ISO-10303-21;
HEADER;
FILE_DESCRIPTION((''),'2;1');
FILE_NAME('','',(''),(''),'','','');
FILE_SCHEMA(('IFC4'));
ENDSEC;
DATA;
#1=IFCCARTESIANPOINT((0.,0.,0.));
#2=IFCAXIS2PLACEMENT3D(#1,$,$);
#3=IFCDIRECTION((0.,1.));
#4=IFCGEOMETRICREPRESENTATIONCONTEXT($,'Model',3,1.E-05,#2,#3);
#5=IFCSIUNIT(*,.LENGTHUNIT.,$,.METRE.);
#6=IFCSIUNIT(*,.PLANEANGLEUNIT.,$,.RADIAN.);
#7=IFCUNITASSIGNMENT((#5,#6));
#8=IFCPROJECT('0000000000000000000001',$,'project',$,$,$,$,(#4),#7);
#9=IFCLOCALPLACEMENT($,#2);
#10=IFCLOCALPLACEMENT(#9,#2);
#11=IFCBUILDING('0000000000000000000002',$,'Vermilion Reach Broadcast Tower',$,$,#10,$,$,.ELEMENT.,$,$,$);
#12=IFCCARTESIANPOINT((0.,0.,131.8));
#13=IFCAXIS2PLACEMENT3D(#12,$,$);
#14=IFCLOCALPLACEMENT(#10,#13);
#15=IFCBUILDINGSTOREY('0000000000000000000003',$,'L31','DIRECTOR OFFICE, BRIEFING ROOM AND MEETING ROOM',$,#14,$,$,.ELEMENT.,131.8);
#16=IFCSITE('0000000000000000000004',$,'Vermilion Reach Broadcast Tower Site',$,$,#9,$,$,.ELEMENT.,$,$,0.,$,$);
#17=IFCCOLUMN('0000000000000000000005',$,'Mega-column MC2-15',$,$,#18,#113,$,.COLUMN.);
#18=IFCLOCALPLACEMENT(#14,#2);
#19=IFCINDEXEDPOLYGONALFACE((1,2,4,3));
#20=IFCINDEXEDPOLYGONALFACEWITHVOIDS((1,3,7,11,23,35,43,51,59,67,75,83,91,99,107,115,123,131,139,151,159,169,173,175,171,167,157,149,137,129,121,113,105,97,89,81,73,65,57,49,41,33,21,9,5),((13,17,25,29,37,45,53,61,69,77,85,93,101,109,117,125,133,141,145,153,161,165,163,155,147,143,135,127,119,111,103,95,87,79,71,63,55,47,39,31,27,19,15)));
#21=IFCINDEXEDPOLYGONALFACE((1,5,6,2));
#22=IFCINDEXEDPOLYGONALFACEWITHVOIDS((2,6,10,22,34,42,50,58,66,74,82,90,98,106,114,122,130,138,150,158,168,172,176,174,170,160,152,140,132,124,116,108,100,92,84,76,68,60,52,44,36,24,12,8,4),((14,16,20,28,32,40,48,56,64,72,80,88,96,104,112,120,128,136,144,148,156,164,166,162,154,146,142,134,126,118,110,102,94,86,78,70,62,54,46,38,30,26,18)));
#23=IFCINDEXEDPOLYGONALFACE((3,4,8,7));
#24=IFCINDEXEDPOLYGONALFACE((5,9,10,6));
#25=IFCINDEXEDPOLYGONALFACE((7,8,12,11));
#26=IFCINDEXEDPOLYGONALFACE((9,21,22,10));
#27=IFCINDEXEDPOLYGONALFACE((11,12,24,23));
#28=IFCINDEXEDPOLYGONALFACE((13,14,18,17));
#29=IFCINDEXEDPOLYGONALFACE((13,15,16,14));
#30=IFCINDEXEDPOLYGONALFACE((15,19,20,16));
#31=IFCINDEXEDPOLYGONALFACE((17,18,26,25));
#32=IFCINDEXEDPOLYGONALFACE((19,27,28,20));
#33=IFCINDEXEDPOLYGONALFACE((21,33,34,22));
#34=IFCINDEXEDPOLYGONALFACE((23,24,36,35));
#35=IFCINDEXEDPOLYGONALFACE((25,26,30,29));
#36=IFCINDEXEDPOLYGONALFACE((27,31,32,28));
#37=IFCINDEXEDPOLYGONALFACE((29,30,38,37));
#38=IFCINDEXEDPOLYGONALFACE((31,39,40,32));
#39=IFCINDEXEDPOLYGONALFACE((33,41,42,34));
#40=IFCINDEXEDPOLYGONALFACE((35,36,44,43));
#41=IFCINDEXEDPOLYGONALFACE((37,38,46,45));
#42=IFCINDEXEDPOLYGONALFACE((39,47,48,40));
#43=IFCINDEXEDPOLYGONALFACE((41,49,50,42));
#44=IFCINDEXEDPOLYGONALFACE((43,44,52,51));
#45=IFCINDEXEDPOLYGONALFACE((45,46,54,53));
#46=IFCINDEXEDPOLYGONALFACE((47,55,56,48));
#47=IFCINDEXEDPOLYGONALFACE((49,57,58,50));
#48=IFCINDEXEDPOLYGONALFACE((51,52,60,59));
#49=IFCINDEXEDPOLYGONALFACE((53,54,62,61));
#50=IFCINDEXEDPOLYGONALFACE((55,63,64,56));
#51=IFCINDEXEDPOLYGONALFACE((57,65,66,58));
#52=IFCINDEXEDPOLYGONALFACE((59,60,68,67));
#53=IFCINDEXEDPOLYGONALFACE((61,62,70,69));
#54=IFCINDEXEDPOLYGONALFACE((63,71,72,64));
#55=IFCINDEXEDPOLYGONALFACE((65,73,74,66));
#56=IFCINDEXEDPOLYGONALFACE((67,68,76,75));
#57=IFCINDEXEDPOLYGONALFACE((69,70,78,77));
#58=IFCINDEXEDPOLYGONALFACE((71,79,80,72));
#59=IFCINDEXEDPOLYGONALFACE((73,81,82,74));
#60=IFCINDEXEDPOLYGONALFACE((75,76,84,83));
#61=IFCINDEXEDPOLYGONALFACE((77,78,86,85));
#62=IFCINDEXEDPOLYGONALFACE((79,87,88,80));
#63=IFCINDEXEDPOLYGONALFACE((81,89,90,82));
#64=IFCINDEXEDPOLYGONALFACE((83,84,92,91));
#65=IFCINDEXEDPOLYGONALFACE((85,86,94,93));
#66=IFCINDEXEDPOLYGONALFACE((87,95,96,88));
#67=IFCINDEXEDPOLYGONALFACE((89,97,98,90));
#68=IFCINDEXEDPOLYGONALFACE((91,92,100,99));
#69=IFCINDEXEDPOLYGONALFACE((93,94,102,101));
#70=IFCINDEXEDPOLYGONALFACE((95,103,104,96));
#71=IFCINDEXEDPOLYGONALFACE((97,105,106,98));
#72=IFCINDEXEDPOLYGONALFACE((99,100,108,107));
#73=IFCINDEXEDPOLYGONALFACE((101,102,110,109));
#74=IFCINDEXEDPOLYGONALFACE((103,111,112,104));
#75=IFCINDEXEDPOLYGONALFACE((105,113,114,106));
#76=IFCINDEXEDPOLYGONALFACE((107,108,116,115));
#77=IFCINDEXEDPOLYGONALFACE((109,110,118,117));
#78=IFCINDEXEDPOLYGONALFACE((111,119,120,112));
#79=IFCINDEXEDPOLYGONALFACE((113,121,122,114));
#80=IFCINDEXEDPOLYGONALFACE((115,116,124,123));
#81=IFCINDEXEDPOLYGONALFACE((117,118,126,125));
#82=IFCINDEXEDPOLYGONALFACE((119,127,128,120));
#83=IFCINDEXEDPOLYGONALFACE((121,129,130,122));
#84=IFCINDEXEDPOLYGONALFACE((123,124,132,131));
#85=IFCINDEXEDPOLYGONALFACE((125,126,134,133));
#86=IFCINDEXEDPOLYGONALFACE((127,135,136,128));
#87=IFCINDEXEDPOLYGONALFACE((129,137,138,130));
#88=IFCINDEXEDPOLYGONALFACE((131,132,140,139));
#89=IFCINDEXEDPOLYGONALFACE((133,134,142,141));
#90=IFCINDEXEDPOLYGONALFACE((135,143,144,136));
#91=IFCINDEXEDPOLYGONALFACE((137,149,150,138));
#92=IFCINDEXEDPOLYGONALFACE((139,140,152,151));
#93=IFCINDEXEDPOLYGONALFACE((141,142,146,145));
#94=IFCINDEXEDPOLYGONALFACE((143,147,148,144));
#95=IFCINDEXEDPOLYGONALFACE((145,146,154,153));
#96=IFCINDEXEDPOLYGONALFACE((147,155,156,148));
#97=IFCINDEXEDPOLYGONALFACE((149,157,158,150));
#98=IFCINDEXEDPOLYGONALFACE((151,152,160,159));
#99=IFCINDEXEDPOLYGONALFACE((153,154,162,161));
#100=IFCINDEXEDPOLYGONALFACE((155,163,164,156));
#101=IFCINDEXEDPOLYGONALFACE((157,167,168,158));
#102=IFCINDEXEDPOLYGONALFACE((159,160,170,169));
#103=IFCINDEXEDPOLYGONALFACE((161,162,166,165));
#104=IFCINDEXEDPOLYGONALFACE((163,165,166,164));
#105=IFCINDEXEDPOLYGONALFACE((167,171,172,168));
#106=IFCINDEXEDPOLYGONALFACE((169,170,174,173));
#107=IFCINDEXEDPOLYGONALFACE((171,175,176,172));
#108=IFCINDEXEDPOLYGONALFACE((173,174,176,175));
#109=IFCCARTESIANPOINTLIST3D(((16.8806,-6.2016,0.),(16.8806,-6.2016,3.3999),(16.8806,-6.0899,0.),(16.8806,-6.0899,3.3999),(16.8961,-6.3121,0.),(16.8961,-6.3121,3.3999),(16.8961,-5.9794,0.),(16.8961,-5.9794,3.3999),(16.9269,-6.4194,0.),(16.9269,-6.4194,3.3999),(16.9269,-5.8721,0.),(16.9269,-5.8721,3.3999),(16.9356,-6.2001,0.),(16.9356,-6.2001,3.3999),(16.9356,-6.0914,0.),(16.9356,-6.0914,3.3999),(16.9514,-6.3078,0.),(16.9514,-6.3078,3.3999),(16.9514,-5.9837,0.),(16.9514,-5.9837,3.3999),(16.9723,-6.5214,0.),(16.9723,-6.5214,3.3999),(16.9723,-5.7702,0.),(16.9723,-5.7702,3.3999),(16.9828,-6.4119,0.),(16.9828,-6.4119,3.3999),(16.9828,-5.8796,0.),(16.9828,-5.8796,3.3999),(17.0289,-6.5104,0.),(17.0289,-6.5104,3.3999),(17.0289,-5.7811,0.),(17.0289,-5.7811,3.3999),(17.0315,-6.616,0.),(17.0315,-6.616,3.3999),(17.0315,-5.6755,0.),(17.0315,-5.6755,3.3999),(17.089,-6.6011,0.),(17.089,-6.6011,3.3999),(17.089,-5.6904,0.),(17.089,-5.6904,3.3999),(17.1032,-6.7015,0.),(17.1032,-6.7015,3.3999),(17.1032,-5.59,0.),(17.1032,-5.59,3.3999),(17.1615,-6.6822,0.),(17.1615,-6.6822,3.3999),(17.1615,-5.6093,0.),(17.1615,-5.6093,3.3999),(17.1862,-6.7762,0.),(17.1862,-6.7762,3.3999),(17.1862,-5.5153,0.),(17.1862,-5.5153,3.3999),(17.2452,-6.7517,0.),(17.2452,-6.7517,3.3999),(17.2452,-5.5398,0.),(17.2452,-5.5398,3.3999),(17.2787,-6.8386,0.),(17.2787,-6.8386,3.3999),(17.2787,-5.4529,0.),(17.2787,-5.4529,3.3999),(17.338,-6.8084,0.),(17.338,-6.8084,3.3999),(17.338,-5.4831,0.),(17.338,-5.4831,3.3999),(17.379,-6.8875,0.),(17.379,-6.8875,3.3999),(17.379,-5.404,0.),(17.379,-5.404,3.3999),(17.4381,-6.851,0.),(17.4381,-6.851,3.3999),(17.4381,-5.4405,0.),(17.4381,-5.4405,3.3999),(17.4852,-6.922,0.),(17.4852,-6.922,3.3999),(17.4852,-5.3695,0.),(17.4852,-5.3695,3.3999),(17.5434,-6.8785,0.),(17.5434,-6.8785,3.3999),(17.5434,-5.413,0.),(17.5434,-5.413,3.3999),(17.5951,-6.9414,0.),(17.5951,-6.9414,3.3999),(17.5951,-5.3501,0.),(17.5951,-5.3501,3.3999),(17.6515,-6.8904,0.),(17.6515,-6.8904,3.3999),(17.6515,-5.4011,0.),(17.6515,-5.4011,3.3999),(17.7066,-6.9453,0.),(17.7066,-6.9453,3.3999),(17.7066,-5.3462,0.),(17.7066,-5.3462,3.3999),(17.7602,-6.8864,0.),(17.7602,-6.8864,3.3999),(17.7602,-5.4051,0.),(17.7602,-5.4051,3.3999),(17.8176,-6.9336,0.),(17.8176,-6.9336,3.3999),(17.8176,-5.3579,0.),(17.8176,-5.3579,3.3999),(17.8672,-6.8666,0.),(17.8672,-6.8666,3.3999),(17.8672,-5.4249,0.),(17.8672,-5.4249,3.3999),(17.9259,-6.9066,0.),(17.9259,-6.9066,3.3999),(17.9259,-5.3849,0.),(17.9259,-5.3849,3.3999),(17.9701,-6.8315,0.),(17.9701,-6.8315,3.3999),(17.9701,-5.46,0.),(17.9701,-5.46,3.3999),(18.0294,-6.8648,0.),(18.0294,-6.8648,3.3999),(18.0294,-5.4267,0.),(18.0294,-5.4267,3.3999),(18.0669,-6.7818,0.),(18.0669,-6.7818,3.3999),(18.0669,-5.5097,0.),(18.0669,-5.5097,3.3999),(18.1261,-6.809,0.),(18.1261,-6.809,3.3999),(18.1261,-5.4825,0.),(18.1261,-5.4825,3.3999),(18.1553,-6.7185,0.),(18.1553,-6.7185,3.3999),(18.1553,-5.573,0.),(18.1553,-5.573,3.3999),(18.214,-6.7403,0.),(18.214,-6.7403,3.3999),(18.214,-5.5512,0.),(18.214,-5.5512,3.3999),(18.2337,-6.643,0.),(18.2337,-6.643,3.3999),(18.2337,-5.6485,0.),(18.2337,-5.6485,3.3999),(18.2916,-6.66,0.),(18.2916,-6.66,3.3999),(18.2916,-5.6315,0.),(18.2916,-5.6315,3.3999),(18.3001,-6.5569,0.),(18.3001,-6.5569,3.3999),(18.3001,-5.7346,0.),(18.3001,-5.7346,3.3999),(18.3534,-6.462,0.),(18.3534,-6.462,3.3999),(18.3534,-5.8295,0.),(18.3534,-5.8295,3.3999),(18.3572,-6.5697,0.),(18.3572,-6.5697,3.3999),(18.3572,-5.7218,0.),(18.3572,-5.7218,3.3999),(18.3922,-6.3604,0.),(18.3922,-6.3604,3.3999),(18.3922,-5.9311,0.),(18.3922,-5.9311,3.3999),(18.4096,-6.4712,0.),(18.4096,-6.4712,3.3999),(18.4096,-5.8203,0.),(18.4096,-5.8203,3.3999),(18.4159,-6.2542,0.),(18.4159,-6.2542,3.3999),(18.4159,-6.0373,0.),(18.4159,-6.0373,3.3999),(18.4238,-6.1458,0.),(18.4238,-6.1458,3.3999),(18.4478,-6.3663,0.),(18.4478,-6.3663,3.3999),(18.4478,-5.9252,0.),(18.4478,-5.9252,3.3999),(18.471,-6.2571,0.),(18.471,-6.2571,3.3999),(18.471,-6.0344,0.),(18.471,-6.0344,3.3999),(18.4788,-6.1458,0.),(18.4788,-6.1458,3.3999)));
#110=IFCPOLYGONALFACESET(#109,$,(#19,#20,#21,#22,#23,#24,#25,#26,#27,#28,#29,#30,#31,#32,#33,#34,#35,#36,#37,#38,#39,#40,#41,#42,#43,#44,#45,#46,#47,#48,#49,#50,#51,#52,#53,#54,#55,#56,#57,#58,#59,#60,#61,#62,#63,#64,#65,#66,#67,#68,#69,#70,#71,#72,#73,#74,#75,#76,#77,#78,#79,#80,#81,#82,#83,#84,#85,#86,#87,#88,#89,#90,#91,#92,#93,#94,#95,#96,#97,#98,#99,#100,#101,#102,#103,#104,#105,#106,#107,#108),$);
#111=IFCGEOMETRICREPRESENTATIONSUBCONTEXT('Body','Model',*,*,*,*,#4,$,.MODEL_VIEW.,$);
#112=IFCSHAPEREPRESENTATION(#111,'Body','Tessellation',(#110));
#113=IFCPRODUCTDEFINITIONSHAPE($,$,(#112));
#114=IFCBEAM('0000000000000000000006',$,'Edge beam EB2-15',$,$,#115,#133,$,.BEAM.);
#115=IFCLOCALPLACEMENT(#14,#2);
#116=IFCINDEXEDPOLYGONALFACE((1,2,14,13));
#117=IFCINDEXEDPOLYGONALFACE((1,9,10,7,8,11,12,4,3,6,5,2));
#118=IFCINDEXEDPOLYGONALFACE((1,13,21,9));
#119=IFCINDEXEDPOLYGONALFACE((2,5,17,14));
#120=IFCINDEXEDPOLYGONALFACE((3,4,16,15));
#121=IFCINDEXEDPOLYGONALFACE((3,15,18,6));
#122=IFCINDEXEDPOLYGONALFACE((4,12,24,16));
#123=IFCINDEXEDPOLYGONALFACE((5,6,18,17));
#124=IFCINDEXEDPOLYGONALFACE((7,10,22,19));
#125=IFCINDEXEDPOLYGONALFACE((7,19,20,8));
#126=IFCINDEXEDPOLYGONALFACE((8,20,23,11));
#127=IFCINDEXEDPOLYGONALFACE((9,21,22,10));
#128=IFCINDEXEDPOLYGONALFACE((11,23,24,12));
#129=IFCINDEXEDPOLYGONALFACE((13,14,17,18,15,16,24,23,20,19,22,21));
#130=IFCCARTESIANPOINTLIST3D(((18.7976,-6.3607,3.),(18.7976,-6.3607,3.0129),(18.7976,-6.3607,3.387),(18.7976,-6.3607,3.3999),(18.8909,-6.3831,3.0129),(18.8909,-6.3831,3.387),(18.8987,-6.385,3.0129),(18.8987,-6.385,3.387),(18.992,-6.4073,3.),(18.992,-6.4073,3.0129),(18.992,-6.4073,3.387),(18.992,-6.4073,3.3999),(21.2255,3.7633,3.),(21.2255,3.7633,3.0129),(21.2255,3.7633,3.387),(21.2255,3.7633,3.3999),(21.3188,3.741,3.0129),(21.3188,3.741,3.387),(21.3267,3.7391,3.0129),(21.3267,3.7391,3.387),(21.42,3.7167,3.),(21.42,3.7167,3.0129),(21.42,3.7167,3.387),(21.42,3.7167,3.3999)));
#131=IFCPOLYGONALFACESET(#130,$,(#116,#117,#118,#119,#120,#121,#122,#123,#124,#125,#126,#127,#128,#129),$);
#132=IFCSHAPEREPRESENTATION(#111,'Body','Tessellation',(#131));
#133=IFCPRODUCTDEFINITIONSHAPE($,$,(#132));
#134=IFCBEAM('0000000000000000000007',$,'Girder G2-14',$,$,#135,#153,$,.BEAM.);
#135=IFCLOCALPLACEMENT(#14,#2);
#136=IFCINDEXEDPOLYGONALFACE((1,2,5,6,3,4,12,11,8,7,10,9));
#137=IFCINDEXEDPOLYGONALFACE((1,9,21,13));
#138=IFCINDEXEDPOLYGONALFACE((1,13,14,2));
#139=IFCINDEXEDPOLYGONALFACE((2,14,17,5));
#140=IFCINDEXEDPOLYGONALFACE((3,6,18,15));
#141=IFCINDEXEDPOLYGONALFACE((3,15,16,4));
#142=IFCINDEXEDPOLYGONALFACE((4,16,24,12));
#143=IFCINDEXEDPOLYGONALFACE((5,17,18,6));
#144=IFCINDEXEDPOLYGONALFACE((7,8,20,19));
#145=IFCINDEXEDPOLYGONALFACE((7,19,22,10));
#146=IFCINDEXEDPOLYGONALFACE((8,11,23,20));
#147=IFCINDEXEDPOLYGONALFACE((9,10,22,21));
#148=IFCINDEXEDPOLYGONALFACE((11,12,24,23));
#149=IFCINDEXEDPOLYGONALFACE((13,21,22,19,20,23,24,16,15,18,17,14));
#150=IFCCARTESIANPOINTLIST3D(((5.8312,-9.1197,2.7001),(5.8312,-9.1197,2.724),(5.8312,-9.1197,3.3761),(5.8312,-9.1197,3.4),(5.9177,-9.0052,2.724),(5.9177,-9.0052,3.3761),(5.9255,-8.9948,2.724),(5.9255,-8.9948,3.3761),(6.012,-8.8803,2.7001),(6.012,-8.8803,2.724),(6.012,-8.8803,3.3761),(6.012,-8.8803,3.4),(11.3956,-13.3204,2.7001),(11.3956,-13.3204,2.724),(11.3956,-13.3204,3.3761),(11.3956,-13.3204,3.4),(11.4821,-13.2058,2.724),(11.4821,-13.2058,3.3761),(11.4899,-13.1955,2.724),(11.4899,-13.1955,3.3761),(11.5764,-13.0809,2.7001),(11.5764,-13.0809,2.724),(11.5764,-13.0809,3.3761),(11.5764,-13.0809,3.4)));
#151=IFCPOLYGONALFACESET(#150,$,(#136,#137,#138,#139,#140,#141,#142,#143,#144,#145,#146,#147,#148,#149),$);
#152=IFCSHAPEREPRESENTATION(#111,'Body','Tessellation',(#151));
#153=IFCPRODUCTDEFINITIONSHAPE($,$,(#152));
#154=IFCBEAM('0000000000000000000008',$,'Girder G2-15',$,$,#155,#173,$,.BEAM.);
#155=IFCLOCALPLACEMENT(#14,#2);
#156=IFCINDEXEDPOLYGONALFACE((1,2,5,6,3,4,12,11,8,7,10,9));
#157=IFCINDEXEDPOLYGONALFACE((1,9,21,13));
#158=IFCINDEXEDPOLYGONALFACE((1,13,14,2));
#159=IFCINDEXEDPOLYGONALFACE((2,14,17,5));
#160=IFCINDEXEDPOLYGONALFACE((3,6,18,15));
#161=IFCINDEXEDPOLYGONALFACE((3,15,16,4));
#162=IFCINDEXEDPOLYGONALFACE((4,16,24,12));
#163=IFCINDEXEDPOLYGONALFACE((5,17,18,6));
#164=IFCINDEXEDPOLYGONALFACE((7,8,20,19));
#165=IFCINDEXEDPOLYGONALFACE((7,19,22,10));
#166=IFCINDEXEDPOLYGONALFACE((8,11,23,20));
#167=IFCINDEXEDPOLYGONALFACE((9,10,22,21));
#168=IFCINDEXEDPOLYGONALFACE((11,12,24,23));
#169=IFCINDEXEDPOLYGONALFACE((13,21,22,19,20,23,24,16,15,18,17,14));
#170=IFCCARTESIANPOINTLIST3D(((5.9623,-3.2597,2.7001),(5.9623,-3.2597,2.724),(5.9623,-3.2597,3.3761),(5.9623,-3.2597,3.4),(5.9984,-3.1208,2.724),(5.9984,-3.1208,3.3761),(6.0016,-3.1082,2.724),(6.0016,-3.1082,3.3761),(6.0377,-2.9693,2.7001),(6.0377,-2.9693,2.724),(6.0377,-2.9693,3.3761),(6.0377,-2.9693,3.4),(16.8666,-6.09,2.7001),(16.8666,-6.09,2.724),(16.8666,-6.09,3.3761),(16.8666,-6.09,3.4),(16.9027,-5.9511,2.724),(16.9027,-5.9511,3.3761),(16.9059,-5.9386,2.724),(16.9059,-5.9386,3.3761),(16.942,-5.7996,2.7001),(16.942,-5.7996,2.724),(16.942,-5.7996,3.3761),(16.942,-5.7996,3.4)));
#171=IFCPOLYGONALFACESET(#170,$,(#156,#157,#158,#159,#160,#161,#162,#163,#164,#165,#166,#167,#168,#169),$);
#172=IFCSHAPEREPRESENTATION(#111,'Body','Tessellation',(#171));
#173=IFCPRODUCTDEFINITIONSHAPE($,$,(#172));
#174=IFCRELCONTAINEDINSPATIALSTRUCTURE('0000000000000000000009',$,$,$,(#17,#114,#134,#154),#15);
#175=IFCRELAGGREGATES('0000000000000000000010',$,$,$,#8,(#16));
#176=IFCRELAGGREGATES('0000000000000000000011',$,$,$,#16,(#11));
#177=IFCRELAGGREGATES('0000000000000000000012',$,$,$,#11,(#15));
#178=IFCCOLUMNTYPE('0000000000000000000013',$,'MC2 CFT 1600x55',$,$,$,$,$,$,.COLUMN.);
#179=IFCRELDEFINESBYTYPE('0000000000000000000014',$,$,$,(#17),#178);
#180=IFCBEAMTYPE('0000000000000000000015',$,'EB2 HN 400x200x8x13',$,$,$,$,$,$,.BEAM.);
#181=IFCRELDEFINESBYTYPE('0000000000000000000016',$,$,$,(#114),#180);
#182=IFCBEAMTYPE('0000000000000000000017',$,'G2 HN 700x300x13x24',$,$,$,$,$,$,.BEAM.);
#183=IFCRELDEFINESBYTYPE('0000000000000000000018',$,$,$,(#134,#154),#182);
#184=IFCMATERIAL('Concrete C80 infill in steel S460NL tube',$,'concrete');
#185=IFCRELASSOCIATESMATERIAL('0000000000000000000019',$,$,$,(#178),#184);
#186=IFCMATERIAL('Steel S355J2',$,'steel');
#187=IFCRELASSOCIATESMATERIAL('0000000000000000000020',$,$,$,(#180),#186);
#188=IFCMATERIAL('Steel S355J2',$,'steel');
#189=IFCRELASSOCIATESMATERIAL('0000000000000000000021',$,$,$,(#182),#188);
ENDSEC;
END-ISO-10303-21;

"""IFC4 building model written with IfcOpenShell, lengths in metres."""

from ifc_helpers import new_model, si_unit, direction, frame, origin, origin_2d, place, context, subcontext, project, spatial, hollow_circle, i_section, extrude, material, material_profile, profile_set, type_object, element, save


model = new_model("IFC4")

# Units and contexts
model_context = context("Model", 3, precision=1e-05, world=origin(), true_north=direction((0.0, 1.0)))
body_context = subcontext(model_context, "Body", "Model", "MODEL_VIEW")
ifc_project = project(units=[si_unit("LENGTHUNIT", "METRE"), si_unit("PLANEANGLEUNIT", "RADIAN")], contexts=[model_context])

# Site, building, storey
site_placement = place(None, origin())
site = spatial("IfcSite", under=ifc_project, at=site_placement, Name="Vermilion Reach Broadcast Tower Site", CompositionType="ELEMENT", RefElevation=0.0)
building_placement = place(site_placement, origin())
building = spatial("IfcBuilding", under=site, at=building_placement, Name="Vermilion Reach Broadcast Tower", CompositionType="ELEMENT")
storey_placement = place(building_placement, frame((0.0, 0.0, 131.8)))
storey = spatial("IfcBuildingStorey", under=building, at=storey_placement, Name="L31", Description="DIRECTOR OFFICE, BRIEFING ROOM AND MEETING ROOM", CompositionType="ELEMENT", Elevation=131.8)

# Column
ifc_material_1 = material(Name="Concrete C80 infill in steel S460NL tube", Category="concrete")
ifc_material_profile_1 = material_profile(ifc_material_1, hollow_circle(Radius=0.8, WallThickness=0.0549, at=origin_2d()), Name="Concrete C80 infill in steel S460NL tube CFT 1600x55")
ifc_profile_set_1 = profile_set([ifc_material_profile_1], Name="Concrete C80 infill in steel S460NL tube")
column_type = type_object("IfcColumnType", Name="MC2 CFT 1600x55", PredefinedType="COLUMN", material=ifc_profile_set_1)
column_placement = place(storey_placement, frame((17.6787, -6.1458, 0.0), z_axis=(0.0, 0.0, 1.0), x_axis=(1.0, 0.0, 0.0)))
element("IfcColumn", 1, at=column_placement, inside=storey, type_object=column_type, Name="Mega-column MC2-15", PredefinedType="COLUMN", context=body_context, shape_type="SweptSolid", body=[
    extrude(hollow_circle(Radius=0.8, WallThickness=0.0549, at=origin_2d()), origin(), (0.0, 0.0, 1.0), 3.3999),
])

# Beams
ifc_material_2 = material(Name="Steel S355J2", Category="steel")
ifc_material_profile_2 = material_profile(ifc_material_2, i_section(OverallWidth=0.2, OverallDepth=0.3999, WebThickness=0.0081, FlangeThickness=0.0129, at=origin_2d()), Name="S355J2 HN 400x200x8x13")
ifc_profile_set_2 = profile_set([ifc_material_profile_2], Name="Steel S355J2")
beam_type_1 = type_object("IfcBeamType", Name="EB2 HN 400x200x8x13", PredefinedType="BEAM", material=ifc_profile_set_2)
beam_1_placement = place(storey_placement, frame((18.8948, -6.384, 3.2), z_axis=(0.233211, 0.972426, 0.0), x_axis=(-0.972426, 0.233211, 0.0)))
element("IfcBeam", 2, at=beam_1_placement, inside=storey, type_object=beam_type_1, Name="Edge beam EB2-15", PredefinedType="BEAM", context=body_context, shape_type="SweptSolid", body=[
    extrude(i_section(OverallWidth=0.2, OverallDepth=0.3999, WebThickness=0.0081, FlangeThickness=0.0129, at=origin_2d()), origin(), (0.0, 0.0, 1.0), 10.4111),
])
ifc_material_3 = material(Name="Steel S355J2", Category="steel")
ifc_material_profile_3 = material_profile(ifc_material_3, i_section(OverallWidth=0.3, OverallDepth=0.7, WebThickness=0.0129, FlangeThickness=0.0239, at=origin_2d()), Name="S355J2 HN 700x300x13x24")
ifc_profile_set_3 = profile_set([ifc_material_profile_3], Name="Steel S355J2")
beam_type_2 = type_object("IfcBeamType", Name="G2 HN 700x300x13x24", PredefinedType="BEAM", material=ifc_profile_set_3)
beam_2_placement = place(storey_placement, frame((5.9216, -9.0, 3.05), z_axis=(0.798114, -0.602507, 0.0), x_axis=(0.602507, 0.798114, 0.0)))
element("IfcBeam", 3, at=beam_2_placement, inside=storey, type_object=beam_type_2, Name="Girder G2-14", PredefinedType="BEAM", context=body_context, shape_type="SweptSolid", body=[
    extrude(i_section(OverallWidth=0.3, OverallDepth=0.7, WebThickness=0.0129, FlangeThickness=0.0239, at=origin_2d()), origin(), (0.0, 0.0, 1.0), 6.9719),
])
beam_3_placement = place(storey_placement, frame((6.0, -3.1145, 3.05), z_axis=(0.967926, -0.251235, 0.0), x_axis=(0.251235, 0.967926, 0.0)))
element("IfcBeam", 4, at=beam_3_placement, inside=storey, type_object=beam_type_2, Name="Girder G2-15", PredefinedType="BEAM", context=body_context, shape_type="SweptSolid", body=[
    extrude(i_section(OverallWidth=0.3, OverallDepth=0.7, WebThickness=0.0129, FlangeThickness=0.0239, at=origin_2d()), origin(), (0.0, 0.0, 1.0), 11.2656),
])

save(model, "model.ifc")
